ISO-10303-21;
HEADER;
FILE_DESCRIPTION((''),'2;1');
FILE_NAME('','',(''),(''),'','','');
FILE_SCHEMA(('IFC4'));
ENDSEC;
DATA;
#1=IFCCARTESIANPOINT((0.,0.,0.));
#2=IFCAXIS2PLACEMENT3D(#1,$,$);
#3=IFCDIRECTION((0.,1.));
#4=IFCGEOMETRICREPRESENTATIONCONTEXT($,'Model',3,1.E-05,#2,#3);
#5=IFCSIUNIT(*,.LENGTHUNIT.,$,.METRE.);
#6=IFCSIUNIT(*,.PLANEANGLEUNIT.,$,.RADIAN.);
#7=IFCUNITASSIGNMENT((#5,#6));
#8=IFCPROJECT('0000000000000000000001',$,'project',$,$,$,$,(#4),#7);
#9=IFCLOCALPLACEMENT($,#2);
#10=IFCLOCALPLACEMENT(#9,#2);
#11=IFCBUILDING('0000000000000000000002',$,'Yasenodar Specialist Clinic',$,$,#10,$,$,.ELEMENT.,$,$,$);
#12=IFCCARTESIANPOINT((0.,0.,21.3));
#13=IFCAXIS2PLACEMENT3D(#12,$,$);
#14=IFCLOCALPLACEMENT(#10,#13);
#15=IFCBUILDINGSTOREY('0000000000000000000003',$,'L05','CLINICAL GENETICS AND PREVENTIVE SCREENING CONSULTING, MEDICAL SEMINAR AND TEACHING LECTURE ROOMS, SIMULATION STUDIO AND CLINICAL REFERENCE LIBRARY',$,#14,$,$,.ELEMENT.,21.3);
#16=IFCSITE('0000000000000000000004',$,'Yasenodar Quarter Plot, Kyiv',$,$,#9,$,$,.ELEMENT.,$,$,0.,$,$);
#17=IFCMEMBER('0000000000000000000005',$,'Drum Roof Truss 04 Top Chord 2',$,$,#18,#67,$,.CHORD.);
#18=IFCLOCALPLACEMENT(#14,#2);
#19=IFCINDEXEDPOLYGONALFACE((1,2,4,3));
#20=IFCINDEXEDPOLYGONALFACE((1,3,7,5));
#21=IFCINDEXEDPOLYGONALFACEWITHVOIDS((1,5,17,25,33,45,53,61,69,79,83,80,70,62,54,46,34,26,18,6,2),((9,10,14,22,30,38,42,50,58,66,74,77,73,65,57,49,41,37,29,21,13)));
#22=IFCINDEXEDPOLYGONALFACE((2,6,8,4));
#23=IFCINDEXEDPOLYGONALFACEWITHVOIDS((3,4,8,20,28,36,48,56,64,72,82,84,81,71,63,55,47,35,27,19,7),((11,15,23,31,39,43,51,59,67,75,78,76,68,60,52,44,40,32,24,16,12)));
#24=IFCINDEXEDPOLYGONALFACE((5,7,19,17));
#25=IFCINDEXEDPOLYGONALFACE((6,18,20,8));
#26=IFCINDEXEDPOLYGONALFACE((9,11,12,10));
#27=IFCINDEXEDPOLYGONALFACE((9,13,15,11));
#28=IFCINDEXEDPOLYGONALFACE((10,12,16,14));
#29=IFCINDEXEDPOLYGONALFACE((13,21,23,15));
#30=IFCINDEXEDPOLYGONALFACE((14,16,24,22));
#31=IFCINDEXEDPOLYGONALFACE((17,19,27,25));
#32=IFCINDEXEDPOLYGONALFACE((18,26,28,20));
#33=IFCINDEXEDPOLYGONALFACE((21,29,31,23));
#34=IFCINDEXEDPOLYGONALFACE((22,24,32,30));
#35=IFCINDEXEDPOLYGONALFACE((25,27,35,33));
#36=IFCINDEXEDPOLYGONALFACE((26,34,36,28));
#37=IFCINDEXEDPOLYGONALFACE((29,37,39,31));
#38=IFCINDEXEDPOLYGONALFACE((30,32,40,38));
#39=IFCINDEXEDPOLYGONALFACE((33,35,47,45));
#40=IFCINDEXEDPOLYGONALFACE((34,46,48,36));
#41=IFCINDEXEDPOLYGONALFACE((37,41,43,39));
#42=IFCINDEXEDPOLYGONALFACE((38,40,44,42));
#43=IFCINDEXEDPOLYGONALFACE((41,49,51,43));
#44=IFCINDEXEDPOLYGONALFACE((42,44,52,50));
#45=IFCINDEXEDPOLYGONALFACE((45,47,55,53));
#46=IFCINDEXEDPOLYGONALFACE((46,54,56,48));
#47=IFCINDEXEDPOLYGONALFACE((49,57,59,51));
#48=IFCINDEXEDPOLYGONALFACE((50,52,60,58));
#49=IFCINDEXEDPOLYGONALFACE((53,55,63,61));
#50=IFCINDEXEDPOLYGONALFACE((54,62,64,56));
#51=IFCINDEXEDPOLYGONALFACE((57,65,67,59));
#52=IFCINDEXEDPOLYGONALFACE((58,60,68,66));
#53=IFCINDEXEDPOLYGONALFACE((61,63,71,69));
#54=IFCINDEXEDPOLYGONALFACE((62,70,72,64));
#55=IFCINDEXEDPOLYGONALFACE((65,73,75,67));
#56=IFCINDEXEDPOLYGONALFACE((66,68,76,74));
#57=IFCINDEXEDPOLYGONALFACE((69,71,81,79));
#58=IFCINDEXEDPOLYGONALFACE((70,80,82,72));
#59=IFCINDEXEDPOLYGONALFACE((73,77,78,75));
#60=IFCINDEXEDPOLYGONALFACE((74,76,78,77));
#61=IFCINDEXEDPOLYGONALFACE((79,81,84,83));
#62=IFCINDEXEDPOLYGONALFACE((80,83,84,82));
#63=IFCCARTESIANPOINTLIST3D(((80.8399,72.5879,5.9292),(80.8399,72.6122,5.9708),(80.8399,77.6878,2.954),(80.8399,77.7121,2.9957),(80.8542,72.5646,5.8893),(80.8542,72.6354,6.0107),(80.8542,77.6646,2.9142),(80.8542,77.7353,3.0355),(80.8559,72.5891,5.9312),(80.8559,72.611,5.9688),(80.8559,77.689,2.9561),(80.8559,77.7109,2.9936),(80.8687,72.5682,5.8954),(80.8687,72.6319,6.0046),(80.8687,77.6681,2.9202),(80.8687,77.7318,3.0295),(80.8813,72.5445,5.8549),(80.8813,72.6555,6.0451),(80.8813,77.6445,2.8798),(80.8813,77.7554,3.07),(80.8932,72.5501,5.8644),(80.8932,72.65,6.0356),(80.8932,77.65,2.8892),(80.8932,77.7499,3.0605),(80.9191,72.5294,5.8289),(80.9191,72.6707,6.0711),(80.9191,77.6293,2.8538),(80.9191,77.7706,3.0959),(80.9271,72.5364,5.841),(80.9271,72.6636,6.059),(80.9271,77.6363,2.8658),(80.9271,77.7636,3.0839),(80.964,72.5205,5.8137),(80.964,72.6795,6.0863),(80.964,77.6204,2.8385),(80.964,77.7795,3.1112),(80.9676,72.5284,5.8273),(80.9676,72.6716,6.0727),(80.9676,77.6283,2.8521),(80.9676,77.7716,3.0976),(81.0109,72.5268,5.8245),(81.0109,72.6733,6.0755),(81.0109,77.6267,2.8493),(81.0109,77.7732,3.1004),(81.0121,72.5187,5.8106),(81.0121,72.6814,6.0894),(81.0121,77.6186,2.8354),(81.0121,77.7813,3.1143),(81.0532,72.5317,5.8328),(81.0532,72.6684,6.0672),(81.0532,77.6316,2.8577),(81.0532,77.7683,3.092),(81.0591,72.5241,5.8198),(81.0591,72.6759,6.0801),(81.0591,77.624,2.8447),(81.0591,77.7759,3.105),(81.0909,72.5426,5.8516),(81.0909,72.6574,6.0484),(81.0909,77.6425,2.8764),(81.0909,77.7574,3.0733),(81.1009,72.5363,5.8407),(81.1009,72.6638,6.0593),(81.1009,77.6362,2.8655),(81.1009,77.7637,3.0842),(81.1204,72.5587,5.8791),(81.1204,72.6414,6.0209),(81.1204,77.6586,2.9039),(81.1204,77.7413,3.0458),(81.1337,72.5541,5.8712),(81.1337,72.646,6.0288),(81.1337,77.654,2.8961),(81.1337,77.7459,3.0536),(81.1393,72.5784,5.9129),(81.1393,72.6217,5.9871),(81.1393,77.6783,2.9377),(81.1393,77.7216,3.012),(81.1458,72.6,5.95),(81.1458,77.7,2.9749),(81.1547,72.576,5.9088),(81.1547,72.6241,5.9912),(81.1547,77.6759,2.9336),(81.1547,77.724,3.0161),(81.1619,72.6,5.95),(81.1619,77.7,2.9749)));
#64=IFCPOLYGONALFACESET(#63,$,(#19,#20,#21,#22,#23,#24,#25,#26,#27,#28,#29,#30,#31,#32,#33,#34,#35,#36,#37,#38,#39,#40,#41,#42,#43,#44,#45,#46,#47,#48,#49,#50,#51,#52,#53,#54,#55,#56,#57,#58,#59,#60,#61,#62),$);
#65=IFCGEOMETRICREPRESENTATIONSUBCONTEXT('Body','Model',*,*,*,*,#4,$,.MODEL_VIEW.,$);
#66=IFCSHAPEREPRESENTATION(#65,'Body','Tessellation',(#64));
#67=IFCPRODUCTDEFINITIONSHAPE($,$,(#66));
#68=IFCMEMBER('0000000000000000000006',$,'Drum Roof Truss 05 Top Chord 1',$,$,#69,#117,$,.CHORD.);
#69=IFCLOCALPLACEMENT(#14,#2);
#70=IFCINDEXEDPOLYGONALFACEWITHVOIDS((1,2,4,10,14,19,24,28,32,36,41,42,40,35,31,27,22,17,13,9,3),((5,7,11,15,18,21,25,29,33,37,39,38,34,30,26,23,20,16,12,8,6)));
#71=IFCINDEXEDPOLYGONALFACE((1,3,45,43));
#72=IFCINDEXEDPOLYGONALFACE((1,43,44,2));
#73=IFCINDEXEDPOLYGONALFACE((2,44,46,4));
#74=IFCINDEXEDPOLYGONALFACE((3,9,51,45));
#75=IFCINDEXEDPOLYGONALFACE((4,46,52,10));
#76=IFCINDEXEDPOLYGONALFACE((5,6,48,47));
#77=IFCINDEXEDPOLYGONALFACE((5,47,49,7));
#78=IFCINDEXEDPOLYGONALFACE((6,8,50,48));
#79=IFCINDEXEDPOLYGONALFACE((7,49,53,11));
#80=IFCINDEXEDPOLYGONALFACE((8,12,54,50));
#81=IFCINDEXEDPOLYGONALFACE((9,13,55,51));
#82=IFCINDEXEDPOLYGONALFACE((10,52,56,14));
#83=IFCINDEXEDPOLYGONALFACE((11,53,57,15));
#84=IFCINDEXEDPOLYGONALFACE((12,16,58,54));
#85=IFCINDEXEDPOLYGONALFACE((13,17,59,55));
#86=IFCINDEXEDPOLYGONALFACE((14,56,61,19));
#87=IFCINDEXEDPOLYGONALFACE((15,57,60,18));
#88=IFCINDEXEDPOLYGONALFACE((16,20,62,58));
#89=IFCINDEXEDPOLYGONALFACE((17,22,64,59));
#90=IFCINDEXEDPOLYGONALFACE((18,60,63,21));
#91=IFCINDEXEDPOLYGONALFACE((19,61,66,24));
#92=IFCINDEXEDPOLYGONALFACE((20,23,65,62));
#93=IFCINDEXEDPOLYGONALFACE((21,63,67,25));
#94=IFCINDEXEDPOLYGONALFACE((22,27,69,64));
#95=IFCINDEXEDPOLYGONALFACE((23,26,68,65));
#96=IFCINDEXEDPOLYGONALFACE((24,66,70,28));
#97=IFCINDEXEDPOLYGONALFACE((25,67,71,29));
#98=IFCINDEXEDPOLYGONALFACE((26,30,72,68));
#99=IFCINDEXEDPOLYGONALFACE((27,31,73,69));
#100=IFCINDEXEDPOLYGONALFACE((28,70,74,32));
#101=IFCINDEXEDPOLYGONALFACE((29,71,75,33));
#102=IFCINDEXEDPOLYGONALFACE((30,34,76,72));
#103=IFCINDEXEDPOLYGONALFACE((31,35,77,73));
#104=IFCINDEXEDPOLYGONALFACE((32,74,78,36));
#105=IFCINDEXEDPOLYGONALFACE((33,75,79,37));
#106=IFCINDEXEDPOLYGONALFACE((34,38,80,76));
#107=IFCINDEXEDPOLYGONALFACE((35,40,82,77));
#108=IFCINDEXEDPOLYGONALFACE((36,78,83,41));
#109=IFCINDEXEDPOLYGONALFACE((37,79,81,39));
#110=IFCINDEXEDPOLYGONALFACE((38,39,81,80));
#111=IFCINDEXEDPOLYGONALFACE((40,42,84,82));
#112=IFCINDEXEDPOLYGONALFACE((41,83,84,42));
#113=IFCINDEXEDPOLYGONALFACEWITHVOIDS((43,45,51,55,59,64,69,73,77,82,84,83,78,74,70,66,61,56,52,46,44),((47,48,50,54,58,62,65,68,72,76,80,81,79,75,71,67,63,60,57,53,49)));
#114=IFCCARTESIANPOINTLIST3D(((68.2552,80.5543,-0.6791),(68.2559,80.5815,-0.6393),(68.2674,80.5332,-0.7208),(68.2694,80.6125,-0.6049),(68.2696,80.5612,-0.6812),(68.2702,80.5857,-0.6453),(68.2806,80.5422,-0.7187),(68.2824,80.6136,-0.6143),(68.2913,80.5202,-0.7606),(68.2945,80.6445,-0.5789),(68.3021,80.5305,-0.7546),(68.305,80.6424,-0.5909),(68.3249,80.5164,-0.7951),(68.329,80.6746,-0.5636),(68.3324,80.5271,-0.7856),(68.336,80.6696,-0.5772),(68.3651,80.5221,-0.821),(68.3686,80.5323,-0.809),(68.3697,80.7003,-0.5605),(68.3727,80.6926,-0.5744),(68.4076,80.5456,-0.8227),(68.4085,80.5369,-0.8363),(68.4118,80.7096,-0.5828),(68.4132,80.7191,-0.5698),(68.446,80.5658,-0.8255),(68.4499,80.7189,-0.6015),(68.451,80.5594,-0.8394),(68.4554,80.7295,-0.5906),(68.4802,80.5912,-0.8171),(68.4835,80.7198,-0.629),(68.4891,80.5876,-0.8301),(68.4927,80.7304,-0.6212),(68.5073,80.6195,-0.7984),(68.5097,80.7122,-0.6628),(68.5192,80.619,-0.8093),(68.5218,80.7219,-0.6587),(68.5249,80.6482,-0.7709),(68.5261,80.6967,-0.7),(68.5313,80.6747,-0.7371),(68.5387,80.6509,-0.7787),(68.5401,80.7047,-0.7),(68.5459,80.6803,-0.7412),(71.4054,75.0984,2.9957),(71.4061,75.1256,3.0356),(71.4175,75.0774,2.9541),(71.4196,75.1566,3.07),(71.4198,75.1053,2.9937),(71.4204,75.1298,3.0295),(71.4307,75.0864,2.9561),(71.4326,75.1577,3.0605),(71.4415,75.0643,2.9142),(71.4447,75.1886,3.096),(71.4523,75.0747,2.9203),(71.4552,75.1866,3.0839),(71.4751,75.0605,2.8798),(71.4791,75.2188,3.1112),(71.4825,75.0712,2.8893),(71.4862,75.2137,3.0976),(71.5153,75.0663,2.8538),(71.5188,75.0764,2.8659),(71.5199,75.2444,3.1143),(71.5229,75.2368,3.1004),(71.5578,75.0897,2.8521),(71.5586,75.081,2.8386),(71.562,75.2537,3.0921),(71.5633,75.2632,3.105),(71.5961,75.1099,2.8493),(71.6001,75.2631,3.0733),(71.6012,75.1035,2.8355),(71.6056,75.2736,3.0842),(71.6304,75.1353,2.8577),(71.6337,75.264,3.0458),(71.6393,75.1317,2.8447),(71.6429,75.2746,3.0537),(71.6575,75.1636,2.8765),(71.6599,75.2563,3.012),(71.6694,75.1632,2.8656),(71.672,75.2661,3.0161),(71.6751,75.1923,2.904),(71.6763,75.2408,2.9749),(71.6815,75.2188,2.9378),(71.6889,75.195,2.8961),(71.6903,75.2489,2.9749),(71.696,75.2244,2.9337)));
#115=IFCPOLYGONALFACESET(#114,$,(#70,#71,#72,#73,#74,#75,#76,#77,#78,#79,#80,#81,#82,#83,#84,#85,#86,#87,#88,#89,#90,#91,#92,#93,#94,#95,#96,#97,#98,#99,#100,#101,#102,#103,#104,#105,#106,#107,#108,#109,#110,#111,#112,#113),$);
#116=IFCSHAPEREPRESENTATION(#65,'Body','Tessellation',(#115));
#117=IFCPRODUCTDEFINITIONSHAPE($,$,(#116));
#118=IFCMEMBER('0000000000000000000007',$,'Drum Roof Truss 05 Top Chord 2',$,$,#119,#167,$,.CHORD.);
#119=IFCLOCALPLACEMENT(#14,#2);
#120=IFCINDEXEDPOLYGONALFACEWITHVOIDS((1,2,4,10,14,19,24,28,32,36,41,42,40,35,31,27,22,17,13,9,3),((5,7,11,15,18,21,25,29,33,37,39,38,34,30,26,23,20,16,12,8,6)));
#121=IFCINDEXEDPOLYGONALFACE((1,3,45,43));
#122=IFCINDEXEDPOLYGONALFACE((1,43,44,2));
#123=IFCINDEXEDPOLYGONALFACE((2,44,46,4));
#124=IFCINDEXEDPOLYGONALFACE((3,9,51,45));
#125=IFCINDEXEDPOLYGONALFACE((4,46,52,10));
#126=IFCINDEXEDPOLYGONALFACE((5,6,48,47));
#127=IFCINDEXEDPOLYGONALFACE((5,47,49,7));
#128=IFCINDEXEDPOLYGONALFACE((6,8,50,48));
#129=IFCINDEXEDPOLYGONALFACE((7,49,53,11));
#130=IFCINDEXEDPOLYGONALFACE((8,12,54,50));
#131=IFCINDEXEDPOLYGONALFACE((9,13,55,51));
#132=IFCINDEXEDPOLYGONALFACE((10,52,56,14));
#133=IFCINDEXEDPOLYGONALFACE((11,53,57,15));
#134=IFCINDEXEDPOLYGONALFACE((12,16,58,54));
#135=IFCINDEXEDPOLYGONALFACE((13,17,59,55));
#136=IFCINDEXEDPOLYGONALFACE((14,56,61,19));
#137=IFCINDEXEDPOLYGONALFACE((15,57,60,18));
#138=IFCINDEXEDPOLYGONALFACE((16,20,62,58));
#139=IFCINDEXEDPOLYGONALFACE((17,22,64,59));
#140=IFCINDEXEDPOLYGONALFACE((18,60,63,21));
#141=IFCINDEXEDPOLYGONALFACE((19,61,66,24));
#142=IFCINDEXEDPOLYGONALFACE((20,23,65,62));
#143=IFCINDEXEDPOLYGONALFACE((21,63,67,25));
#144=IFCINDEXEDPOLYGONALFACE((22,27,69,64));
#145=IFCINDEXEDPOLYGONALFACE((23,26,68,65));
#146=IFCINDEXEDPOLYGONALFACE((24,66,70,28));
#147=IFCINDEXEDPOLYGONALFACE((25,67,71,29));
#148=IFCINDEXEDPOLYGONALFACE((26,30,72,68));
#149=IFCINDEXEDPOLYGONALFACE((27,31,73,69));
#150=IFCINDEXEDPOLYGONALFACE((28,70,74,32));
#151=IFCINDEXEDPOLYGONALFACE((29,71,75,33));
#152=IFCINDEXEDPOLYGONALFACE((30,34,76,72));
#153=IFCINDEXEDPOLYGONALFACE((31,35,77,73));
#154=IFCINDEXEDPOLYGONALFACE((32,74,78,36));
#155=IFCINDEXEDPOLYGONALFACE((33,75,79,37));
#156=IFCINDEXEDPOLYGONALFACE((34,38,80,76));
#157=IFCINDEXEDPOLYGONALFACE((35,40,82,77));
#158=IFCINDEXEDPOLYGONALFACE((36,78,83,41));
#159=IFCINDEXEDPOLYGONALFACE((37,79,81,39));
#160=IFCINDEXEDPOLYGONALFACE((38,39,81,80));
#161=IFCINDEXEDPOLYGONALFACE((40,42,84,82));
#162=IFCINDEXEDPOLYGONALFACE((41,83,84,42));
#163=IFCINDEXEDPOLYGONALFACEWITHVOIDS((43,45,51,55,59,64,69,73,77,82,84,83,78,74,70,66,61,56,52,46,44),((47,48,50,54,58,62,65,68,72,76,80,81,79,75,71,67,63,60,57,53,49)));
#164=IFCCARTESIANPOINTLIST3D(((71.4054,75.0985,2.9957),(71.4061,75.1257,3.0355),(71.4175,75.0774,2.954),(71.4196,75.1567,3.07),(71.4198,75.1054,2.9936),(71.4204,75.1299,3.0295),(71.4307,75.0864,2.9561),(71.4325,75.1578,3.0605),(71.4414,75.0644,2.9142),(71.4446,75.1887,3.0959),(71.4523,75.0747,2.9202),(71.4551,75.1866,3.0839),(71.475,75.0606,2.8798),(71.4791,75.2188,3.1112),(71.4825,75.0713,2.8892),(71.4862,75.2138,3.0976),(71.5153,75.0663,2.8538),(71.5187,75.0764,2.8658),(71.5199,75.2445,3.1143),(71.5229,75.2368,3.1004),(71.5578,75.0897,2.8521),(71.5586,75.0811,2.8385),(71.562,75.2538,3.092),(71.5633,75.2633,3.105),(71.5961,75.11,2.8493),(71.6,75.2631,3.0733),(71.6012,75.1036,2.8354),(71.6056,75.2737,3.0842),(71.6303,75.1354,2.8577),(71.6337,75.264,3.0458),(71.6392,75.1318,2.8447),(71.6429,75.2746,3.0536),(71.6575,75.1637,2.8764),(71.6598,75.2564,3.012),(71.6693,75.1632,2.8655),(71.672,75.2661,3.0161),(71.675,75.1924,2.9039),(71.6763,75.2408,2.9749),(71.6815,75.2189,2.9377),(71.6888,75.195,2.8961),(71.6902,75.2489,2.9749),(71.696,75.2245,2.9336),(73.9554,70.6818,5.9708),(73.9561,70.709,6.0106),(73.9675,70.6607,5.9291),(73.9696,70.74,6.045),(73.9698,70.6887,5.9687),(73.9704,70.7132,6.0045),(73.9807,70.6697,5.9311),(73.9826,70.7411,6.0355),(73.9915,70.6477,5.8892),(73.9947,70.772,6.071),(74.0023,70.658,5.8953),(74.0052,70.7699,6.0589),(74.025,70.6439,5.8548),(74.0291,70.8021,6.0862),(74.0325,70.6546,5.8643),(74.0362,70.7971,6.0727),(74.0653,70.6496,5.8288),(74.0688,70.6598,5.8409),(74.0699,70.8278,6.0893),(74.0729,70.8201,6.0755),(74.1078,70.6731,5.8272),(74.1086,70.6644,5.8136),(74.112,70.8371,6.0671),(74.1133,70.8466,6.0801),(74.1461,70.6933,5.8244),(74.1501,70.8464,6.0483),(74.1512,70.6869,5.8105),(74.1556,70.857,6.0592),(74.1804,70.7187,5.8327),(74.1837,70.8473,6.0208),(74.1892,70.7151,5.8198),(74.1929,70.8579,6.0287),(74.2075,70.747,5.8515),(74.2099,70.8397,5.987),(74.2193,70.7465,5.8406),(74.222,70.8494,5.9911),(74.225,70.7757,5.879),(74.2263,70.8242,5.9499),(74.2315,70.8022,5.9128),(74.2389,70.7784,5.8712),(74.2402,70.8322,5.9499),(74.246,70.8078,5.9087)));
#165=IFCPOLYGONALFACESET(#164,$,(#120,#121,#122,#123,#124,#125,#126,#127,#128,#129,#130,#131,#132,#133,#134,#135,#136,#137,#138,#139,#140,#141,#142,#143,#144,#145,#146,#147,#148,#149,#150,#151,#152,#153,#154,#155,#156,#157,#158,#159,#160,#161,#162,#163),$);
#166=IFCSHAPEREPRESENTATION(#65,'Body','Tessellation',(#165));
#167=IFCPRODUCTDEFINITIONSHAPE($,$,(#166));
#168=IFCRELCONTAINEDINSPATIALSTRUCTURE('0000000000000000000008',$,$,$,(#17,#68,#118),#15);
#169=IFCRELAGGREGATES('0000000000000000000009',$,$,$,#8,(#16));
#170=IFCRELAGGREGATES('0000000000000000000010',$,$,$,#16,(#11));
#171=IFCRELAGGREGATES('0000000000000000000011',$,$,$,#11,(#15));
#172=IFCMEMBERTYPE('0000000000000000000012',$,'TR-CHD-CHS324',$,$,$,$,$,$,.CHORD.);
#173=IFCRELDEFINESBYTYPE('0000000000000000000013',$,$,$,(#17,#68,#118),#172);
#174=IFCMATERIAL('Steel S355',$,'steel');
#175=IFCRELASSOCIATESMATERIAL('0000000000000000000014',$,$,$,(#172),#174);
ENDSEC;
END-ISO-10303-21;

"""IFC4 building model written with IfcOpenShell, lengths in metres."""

from ifc_helpers import new_model, si_unit, direction, frame, origin, origin_2d, place, context, subcontext, project, spatial, hollow_circle, extrude, material, material_profile, profile_set, type_object, element, save


model = new_model("IFC4")

# Units and contexts
model_context = context("Model", 3, precision=1e-05, world=origin(), true_north=direction((0.0, 1.0)))
body_context = subcontext(model_context, "Body", "Model", "MODEL_VIEW")
ifc_project = project(units=[si_unit("LENGTHUNIT", "METRE"), si_unit("PLANEANGLEUNIT", "RADIAN")], contexts=[model_context])

# Site, building, storey
site_placement = place(None, origin())
site = spatial("IfcSite", under=ifc_project, at=site_placement, Name="Yasenodar Quarter Plot, Kyiv", CompositionType="ELEMENT", RefElevation=0.0)
building_placement = place(site_placement, origin())
building = spatial("IfcBuilding", under=site, at=building_placement, Name="Yasenodar Specialist Clinic", CompositionType="ELEMENT")
storey_placement = place(building_placement, frame((0.0, 0.0, 21.3)))
storey = spatial("IfcBuildingStorey", under=building, at=storey_placement, Name="L05", Description="CLINICAL GENETICS AND PREVENTIVE SCREENING CONSULTING, MEDICAL SEMINAR AND TEACHING LECTURE ROOMS, SIMULATION STUDIO AND CLINICAL REFERENCE LIBRARY", CompositionType="ELEMENT", Elevation=21.3)

# Shared definitions
ifc_material_1 = material(Name="Steel S355", Category="steel")

# Members
ifc_material_profile_1 = material_profile(ifc_material_1, hollow_circle(Radius=0.1619, WallThickness=0.0161, at=origin_2d()), Name="CHS 323.9x16")
ifc_profile_set_1 = profile_set([ifc_material_profile_1], Name="Steel S355")
member_type_1 = type_object("IfcMemberType", Name="TR-CHD-CHS324", PredefinedType="CHORD", material=ifc_profile_set_1)
member_1_placement = place(storey_placement, frame((81.0, 77.7, 2.9749), z_axis=(0.0, -0.863765, 0.503894), x_axis=(1.0, 0.0, 0.0)))
element("IfcMember", 1, at=member_1_placement, inside=storey, type_object=member_type_1, Name="Drum Roof Truss 04 Top Chord 2", PredefinedType="CHORD", context=body_context, shape_type="SweptSolid", body=[
    extrude(hollow_circle(Radius=0.1619, WallThickness=0.0161, at=origin_2d()), origin(), (0.0, 0.0, 1.0), 5.9043),
])
member_2_placement = place(storey_placement, frame((68.3999, 80.6238, -0.7), z_axis=(0.431918, -0.748049, 0.503854), x_axis=(0.866009, 0.500028, 0.0)))
element("IfcMember", 2, at=member_2_placement, inside=storey, type_object=member_type_1, Name="Drum Roof Truss 05 Top Chord 1", PredefinedType="CHORD", context=body_context, shape_type="SweptSolid", body=[
    extrude(hollow_circle(Radius=0.1619, WallThickness=0.0161, at=origin_2d()), origin(), (0.0, 0.0, 1.0), 7.2935),
])
member_3_placement = place(storey_placement, frame((71.55, 75.168, 2.9749), z_axis=(0.431892, -0.748047, 0.50388), x_axis=(0.866022, 0.500006, 0.0)))
element("IfcMember", 3, at=member_3_placement, inside=storey, type_object=member_type_1, Name="Drum Roof Truss 05 Top Chord 2", PredefinedType="CHORD", context=body_context, shape_type="SweptSolid", body=[
    extrude(hollow_circle(Radius=0.1619, WallThickness=0.0161, at=origin_2d()), origin(), (0.0, 0.0, 1.0), 5.9043),
])

save(model, "model.ifc")
